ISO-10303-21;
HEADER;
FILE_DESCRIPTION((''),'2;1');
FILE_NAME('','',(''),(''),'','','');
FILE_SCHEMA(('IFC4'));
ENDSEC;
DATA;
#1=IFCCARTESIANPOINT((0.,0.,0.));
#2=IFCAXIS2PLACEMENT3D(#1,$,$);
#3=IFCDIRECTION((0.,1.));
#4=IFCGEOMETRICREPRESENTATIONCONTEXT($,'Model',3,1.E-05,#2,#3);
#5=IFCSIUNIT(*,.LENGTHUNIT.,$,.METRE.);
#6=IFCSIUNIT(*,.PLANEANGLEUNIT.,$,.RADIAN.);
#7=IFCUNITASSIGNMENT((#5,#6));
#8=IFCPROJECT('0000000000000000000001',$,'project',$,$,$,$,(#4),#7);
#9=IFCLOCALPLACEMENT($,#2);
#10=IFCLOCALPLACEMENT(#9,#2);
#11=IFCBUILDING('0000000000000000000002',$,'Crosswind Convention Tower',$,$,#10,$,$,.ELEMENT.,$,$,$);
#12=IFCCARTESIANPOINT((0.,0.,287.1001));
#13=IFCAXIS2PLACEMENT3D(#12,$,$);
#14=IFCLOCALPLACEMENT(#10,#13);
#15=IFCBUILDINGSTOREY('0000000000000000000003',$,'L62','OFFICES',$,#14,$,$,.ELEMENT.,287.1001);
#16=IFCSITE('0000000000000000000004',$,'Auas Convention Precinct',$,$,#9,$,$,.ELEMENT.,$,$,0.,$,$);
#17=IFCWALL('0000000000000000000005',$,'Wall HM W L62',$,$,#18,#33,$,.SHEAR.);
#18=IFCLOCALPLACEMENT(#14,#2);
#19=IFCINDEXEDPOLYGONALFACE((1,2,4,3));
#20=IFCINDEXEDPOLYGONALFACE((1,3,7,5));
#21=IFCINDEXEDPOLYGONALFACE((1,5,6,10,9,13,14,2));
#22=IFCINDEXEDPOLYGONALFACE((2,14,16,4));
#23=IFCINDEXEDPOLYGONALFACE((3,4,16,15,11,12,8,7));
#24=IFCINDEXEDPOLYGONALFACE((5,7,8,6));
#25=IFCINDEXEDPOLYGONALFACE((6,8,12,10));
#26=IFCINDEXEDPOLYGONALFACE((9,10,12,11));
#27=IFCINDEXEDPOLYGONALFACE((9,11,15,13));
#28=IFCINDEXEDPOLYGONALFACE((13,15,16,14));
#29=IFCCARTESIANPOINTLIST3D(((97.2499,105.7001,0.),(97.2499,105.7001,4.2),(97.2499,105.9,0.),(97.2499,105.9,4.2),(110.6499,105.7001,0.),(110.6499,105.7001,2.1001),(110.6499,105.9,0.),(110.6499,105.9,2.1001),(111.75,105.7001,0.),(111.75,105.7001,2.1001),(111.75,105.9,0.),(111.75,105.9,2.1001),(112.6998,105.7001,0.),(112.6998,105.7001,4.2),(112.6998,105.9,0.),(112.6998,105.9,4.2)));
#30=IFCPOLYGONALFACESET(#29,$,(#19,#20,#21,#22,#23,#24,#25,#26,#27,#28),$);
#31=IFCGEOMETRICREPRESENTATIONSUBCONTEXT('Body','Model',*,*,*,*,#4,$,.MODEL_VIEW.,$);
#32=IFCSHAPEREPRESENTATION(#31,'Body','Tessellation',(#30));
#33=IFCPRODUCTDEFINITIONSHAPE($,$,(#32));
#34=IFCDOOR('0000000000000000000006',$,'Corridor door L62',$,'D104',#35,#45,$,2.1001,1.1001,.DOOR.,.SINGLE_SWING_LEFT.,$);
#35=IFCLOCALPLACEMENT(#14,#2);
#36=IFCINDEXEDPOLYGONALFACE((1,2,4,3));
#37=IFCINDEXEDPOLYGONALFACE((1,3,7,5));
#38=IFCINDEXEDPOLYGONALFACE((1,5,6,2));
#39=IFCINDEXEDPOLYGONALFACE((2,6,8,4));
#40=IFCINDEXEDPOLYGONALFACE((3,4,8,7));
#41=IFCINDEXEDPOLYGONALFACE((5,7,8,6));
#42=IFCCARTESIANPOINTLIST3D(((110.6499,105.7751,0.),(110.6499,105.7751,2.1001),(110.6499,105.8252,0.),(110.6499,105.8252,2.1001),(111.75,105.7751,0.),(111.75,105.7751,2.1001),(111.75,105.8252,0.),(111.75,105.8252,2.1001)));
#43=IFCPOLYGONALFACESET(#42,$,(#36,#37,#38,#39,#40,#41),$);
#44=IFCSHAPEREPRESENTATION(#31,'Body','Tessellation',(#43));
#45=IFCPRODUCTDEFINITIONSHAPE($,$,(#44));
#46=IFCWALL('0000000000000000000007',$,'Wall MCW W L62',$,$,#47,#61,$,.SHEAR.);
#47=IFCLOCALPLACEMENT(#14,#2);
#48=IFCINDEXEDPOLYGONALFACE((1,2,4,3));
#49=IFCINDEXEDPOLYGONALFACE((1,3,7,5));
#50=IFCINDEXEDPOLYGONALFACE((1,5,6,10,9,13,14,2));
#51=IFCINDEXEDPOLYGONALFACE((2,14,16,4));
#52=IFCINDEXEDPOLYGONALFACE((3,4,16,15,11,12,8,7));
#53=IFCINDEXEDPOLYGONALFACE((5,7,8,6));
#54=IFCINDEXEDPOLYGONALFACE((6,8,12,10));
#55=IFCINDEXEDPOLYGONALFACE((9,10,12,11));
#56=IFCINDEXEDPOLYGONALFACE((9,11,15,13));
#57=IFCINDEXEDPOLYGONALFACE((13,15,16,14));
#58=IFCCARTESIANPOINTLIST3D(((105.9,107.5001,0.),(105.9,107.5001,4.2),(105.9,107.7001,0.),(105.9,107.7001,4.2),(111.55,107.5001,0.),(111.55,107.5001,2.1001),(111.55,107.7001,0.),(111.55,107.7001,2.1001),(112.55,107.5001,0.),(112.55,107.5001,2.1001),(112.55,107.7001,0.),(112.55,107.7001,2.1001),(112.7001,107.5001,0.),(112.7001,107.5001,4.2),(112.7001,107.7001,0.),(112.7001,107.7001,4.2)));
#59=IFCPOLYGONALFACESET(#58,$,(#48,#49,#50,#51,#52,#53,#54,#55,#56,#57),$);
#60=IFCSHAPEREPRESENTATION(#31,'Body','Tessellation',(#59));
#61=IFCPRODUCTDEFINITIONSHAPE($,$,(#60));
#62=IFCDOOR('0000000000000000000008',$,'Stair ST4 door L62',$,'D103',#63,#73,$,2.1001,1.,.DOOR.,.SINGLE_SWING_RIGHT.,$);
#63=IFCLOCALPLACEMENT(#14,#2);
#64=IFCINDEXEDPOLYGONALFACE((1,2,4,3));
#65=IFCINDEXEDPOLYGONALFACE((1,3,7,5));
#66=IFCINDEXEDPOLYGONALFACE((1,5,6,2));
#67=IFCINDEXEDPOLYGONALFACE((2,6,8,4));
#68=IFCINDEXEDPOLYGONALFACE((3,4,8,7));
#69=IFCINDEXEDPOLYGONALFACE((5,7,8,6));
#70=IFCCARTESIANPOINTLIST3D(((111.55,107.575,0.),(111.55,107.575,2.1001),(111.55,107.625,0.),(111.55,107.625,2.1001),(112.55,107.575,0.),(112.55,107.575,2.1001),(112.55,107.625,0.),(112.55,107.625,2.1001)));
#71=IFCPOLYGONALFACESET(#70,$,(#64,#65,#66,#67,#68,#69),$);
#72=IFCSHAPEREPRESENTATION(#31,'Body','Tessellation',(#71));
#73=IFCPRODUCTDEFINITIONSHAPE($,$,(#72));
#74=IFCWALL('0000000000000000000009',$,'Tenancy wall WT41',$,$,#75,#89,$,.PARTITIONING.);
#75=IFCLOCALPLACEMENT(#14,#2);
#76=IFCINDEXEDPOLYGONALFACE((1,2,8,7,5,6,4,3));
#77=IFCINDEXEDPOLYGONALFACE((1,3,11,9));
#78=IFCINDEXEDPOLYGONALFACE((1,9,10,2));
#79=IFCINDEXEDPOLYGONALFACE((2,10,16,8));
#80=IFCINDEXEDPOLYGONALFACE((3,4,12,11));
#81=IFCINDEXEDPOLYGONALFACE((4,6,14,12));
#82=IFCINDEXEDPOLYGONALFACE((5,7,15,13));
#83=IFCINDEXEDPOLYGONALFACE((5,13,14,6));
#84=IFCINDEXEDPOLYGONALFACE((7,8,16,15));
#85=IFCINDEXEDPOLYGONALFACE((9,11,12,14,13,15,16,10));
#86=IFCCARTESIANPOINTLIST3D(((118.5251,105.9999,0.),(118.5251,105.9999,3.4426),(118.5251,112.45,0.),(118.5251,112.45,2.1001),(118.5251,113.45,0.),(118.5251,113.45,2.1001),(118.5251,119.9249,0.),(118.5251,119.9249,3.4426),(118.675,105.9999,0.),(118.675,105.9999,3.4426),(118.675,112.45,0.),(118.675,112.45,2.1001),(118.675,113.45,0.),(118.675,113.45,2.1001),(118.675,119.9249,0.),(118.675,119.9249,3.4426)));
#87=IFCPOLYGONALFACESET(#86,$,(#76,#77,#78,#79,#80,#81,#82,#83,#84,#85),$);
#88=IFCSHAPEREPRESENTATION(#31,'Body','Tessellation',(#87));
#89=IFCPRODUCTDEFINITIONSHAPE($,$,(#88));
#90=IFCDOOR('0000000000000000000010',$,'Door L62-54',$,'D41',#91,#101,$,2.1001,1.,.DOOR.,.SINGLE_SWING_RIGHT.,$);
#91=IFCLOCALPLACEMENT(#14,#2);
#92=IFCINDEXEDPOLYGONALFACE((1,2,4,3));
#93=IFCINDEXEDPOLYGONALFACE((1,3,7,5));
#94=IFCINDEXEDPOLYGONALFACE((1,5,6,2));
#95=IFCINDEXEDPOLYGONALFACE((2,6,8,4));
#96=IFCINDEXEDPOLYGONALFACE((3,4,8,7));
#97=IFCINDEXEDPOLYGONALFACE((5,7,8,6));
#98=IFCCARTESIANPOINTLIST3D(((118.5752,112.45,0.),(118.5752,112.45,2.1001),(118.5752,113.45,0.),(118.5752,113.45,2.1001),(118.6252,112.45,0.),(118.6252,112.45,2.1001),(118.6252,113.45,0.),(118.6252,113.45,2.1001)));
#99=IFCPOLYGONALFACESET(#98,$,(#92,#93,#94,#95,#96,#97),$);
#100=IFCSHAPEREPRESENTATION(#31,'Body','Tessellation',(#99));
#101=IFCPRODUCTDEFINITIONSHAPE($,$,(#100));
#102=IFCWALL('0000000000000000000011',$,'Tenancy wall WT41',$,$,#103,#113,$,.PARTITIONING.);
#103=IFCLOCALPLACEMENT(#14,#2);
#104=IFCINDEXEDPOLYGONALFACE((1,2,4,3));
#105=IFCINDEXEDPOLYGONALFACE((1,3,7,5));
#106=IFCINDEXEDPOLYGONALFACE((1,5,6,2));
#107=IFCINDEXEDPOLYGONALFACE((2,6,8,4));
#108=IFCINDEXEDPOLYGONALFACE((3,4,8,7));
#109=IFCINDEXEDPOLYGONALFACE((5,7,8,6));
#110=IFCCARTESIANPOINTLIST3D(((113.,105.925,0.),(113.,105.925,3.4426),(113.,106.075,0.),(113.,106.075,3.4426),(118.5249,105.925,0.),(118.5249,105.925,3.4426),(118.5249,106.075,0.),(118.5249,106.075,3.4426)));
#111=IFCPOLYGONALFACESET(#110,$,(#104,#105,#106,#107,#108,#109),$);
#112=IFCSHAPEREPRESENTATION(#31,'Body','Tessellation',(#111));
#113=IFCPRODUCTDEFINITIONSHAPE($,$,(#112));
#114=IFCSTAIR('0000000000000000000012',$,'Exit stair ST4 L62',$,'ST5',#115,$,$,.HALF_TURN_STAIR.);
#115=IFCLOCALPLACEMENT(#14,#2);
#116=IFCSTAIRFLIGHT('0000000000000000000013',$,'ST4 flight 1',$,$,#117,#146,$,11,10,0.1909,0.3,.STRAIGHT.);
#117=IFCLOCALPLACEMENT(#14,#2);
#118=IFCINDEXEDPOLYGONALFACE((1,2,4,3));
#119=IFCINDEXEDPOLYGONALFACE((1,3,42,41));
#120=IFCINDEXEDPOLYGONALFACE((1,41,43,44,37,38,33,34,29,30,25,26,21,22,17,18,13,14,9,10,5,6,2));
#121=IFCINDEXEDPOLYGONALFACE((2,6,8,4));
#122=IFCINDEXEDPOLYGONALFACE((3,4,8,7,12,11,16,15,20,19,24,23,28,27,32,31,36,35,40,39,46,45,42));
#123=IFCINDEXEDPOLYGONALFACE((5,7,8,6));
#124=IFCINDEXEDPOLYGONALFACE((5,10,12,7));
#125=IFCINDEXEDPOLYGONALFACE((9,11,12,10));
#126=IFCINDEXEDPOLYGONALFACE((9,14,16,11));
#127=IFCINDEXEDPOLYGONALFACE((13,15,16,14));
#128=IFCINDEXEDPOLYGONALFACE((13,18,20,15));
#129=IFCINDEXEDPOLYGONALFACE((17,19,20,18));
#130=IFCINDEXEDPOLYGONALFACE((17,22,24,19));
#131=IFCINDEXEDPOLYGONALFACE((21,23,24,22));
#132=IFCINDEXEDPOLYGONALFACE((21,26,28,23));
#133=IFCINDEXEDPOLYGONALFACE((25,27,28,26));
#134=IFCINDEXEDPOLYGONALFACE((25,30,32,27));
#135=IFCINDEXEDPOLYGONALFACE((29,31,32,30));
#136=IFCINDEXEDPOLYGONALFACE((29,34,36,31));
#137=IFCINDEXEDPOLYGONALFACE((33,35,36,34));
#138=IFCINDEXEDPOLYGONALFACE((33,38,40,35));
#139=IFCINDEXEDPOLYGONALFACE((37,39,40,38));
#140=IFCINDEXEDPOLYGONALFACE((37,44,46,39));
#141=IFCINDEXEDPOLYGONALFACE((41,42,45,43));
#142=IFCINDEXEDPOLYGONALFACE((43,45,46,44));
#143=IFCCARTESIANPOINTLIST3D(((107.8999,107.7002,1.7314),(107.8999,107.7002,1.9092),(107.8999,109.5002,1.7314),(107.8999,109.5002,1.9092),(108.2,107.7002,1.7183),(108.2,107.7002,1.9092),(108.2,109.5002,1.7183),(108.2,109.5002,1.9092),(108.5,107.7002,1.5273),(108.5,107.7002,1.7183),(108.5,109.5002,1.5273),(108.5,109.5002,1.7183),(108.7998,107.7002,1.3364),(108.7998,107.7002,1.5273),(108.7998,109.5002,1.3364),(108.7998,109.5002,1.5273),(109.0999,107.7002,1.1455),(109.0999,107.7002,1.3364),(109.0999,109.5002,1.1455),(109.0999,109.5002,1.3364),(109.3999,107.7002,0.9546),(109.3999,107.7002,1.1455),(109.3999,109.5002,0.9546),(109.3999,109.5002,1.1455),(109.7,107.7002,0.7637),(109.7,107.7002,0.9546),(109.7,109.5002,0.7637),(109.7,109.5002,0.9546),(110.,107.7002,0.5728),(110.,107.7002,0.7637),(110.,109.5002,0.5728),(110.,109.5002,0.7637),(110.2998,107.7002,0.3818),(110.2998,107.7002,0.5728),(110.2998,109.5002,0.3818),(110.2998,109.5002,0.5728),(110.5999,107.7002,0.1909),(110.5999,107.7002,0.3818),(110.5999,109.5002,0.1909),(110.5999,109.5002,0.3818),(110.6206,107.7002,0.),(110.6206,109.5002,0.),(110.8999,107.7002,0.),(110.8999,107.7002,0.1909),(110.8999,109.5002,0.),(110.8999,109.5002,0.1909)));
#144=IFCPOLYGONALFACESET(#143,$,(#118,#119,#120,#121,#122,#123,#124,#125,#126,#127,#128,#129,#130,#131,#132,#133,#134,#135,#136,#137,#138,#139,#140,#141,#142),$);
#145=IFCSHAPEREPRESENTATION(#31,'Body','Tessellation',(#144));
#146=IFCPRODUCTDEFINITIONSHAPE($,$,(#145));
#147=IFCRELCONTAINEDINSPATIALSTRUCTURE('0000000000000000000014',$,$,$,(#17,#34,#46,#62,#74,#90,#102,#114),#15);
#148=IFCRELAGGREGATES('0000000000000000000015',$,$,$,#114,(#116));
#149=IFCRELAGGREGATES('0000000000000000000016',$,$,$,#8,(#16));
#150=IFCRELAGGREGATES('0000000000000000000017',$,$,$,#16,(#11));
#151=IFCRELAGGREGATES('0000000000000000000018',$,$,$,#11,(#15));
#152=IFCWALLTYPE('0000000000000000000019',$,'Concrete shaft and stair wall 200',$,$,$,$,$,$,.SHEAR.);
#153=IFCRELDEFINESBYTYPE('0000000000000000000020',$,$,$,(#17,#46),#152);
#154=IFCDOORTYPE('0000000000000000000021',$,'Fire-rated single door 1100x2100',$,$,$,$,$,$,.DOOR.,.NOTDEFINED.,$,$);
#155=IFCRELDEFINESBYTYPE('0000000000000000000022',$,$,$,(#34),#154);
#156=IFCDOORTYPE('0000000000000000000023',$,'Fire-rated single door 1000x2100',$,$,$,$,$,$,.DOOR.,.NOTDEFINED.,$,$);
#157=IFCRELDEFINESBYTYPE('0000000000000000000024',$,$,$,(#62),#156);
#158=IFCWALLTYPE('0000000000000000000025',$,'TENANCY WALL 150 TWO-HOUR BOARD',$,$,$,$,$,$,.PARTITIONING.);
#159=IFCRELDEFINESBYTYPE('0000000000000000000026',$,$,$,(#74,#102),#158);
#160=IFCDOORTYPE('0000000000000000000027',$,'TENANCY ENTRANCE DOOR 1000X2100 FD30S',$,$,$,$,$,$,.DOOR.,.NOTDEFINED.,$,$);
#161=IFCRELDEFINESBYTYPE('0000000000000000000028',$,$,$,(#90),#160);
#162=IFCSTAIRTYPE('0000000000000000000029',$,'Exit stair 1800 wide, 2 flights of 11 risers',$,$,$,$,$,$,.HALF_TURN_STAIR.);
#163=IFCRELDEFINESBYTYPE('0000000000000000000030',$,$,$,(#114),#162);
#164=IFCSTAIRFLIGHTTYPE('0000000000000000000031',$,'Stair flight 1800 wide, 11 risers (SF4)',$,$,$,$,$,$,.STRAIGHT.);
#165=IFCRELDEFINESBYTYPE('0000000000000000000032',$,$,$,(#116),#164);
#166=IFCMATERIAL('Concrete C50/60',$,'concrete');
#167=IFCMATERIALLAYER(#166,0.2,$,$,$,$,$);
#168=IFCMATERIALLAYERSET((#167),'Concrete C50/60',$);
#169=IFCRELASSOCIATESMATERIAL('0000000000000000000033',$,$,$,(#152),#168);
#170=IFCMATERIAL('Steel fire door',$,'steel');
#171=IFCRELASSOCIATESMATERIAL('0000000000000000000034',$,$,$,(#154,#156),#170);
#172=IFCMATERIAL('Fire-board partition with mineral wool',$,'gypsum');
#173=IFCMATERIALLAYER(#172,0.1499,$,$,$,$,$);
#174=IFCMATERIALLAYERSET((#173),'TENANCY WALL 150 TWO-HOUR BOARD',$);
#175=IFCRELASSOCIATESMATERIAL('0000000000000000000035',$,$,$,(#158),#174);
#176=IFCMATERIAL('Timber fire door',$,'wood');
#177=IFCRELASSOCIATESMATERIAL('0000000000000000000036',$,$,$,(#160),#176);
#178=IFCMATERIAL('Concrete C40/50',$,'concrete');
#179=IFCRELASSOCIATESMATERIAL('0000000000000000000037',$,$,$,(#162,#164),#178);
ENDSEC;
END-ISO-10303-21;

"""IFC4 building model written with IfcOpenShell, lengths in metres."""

from ifc_helpers import new_model, si_unit, direction, frame, frame_2d, origin, place, context, subcontext, project, spatial, polyline, rectangle, outline, extrude, material, layer, layer_set, type_object, element, fill, aggregate, save


model = new_model("IFC4")

# Units and contexts
model_context = context("Model", 3, precision=1e-05, world=origin(), true_north=direction((0.0, 1.0)))
body_context = subcontext(model_context, "Body", "Model", "MODEL_VIEW")
ifc_project = project(units=[si_unit("LENGTHUNIT", "METRE"), si_unit("PLANEANGLEUNIT", "RADIAN")], contexts=[model_context])

# Site, building, storey
site_placement = place(None, origin())
site = spatial("IfcSite", under=ifc_project, at=site_placement, Name="Auas Convention Precinct", CompositionType="ELEMENT", RefElevation=0.0)
building_placement = place(site_placement, origin())
building = spatial("IfcBuilding", under=site, at=building_placement, Name="Crosswind Convention Tower", CompositionType="ELEMENT")
storey_placement = place(building_placement, frame((0.0, 0.0, 287.1001)))
storey = spatial("IfcBuildingStorey", under=building, at=storey_placement, Name="L62", Description="OFFICES", CompositionType="ELEMENT", Elevation=287.1001)

# Shared definitions
ifc_material_1 = material(Name="Concrete C50/60", Category="concrete")

# Walls, openings, doors
ifc_layer_1 = layer(ifc_material_1, 0.2)
ifc_layer_set_1 = layer_set([ifc_layer_1], Name="Concrete C50/60")
wall_type_1 = type_object("IfcWallType", Name="Concrete shaft and stair wall 200", PredefinedType="SHEAR", material=ifc_layer_set_1)
wall_1_placement = place(storey_placement, frame((112.7, 105.8, 0.0), z_axis=(0.0, 0.0, 1.0), x_axis=(-1.0, 0.0, 0.0)))
wall_1 = element("IfcWall", 1, at=wall_1_placement, inside=storey, type_object=wall_type_1, Name="Wall HM W L62", PredefinedType="SHEAR", context=body_context, shape_type="SweptSolid", body=[
    extrude(rectangle(XDim=15.45, YDim=0.2, at=frame_2d((7.7251, 0.0))), origin(), (0.0, 0.0, 1.0), 4.2),
])
opening_1_placement = place(wall_1_placement, frame((0.95, 0.0, 0.0)))
opening_1 = element("IfcOpeningElement", 2, at=opening_1_placement, cuts=wall_1, PredefinedType="OPENING", context=body_context, shape_type="SweptSolid", body=[
    extrude(rectangle(XDim=1.1001, YDim=2.1001, at=frame_2d((0.55, 1.05))), frame((0.0, 0.1099, 0.0), z_axis=(0.0, -1.0, 0.0), x_axis=(1.0, 0.0, 0.0)), (0.0, 0.0, 1.0), 0.22),
])
ifc_material_2 = material(Name="Steel fire door", Category="steel")
door_type_1 = type_object("IfcDoorType", Name="Fire-rated single door 1100x2100", OperationType="NOTDEFINED", PredefinedType="DOOR", material=ifc_material_2)
door_1_placement = place(opening_1_placement, origin())
door_1 = element("IfcDoor", 3, at=door_1_placement, inside=storey, type_object=door_type_1, Name="Corridor door L62", ObjectType="D104", OperationType="SINGLE_SWING_LEFT", OverallHeight=2.1001, OverallWidth=1.1001, PredefinedType="DOOR", context=body_context, shape_type="SweptSolid", body=[
    extrude(rectangle(XDim=1.1001, YDim=2.1001, at=frame_2d((0.55, 1.05))), frame((0.0, 0.0249, 0.0), z_axis=(0.0, -1.0, 0.0), x_axis=(1.0, 0.0, 0.0)), (0.0, 0.0, 1.0), 0.05),
])
fill(opening_1, door_1)
wall_2_placement = place(storey_placement, frame((112.7, 107.6001, 0.0), z_axis=(0.0, 0.0, 1.0), x_axis=(-1.0, 0.0, 0.0)))
wall_2 = element("IfcWall", 4, at=wall_2_placement, inside=storey, type_object=wall_type_1, Name="Wall MCW W L62", PredefinedType="SHEAR", context=body_context, shape_type="SweptSolid", body=[
    extrude(rectangle(XDim=6.8, YDim=0.2, at=frame_2d((3.3999, 0.0))), origin(), (0.0, 0.0, 1.0), 4.2),
])
opening_2_placement = place(wall_2_placement, frame((0.1499, 0.0, 0.0)))
opening_2 = element("IfcOpeningElement", 5, at=opening_2_placement, cuts=wall_2, PredefinedType="OPENING", context=body_context, shape_type="SweptSolid", body=[
    extrude(rectangle(XDim=1.0, YDim=2.1001, at=frame_2d((0.5, 1.05))), frame((0.0, 0.1099, 0.0), z_axis=(0.0, -1.0, 0.0), x_axis=(1.0, 0.0, 0.0)), (0.0, 0.0, 1.0), 0.22),
])
door_type_2 = type_object("IfcDoorType", Name="Fire-rated single door 1000x2100", OperationType="NOTDEFINED", PredefinedType="DOOR", material=ifc_material_2)
door_2_placement = place(opening_2_placement, frame((1.0, 0.0, 0.0), z_axis=(0.0, 0.0, 1.0), x_axis=(-1.0, 0.0, 0.0)))
door_2 = element("IfcDoor", 6, at=door_2_placement, inside=storey, type_object=door_type_2, Name="Stair ST4 door L62", ObjectType="D103", OperationType="SINGLE_SWING_RIGHT", OverallHeight=2.1001, OverallWidth=1.0, PredefinedType="DOOR", context=body_context, shape_type="SweptSolid", body=[
    extrude(rectangle(XDim=1.0, YDim=2.1001, at=frame_2d((0.5, 1.05))), frame((0.0, 0.0249, 0.0), z_axis=(0.0, -1.0, 0.0), x_axis=(1.0, 0.0, 0.0)), (0.0, 0.0, 1.0), 0.05),
])
fill(opening_2, door_2)
ifc_material_3 = material(Name="Fire-board partition with mineral wool", Category="gypsum")
ifc_layer_2 = layer(ifc_material_3, 0.1499)
ifc_layer_set_2 = layer_set([ifc_layer_2], Name="TENANCY WALL 150 TWO-HOUR BOARD")
wall_type_2 = type_object("IfcWallType", Name="TENANCY WALL 150 TWO-HOUR BOARD", PredefinedType="PARTITIONING", material=ifc_layer_set_2)
wall_3_placement = place(storey_placement, frame((118.6001, 106.0, 0.0), z_axis=(0.0, 0.0, 1.0), x_axis=(0.0, 1.0, 0.0)))
wall_3 = element("IfcWall", 7, at=wall_3_placement, inside=storey, type_object=wall_type_2, Name="Tenancy wall WT41", PredefinedType="PARTITIONING", context=body_context, shape_type="SweptSolid", body=[
    extrude(rectangle(XDim=13.925, YDim=0.1499, at=frame_2d((6.9624, 0.0))), origin(), (0.0, 0.0, 1.0), 3.4426),
])
opening_3_placement = place(wall_3_placement, frame((6.45, 0.0, 0.0)))
opening_3 = element("IfcOpeningElement", 8, at=opening_3_placement, cuts=wall_3, PredefinedType="OPENING", context=body_context, shape_type="SweptSolid", body=[
    extrude(rectangle(XDim=1.0, YDim=2.1001, at=frame_2d((0.5, 1.05))), frame((0.0, 0.085, 0.0), z_axis=(0.0, -1.0, 0.0), x_axis=(1.0, 0.0, 0.0)), (0.0, 0.0, 1.0), 0.1699),
])
ifc_material_4 = material(Name="Timber fire door", Category="wood")
door_type_3 = type_object("IfcDoorType", Name="TENANCY ENTRANCE DOOR 1000X2100 FD30S", OperationType="NOTDEFINED", PredefinedType="DOOR", material=ifc_material_4)
door_3_placement = place(opening_3_placement, origin())
door_3 = element("IfcDoor", 9, at=door_3_placement, inside=storey, type_object=door_type_3, Name="Door L62-54", ObjectType="D41", OperationType="SINGLE_SWING_RIGHT", OverallHeight=2.1001, OverallWidth=1.0, PredefinedType="DOOR", context=body_context, shape_type="SweptSolid", body=[
    extrude(rectangle(XDim=1.0, YDim=2.1001, at=frame_2d((0.5, 1.05))), frame((0.0, 0.0249, 0.0), z_axis=(0.0, -1.0, 0.0), x_axis=(1.0, 0.0, 0.0)), (0.0, 0.0, 1.0), 0.05),
])
fill(opening_3, door_3)

# Wall
wall_4_placement = place(storey_placement, frame((113.0, 106.0, 0.0), z_axis=(0.0, 0.0, 1.0), x_axis=(1.0, 0.0, 0.0)))
element("IfcWall", 10, at=wall_4_placement, inside=storey, type_object=wall_type_2, Name="Tenancy wall WT41", PredefinedType="PARTITIONING", context=body_context, shape_type="SweptSolid", body=[
    extrude(rectangle(XDim=5.5249, YDim=0.1499, at=frame_2d((2.7625, 0.0))), origin(), (0.0, 0.0, 1.0), 3.4426),
])

# Stair, stair flight
ifc_material_5 = material(Name="Concrete C40/50", Category="concrete")
stair_type = type_object("IfcStairType", Name="Exit stair 1800 wide, 2 flights of 11 risers", PredefinedType="HALF_TURN_STAIR", material=ifc_material_5)
stair_placement = place(storey_placement, origin())
stair = element("IfcStair", 11, at=stair_placement, inside=storey, type_object=stair_type, Name="Exit stair ST4 L62", ObjectType="ST5", PredefinedType="HALF_TURN_STAIR")
stair_flight_type = type_object("IfcStairFlightType", Name="Stair flight 1800 wide, 11 risers (SF4)", PredefinedType="STRAIGHT", material=ifc_material_5)
stair_flight_placement = place(storey_placement, frame((110.8999, 108.6001, 0.0), z_axis=(0.0, 0.0, 1.0), x_axis=(-1.0, 0.0, 0.0)))
stair_flight = element("IfcStairFlight", 12, at=stair_flight_placement, type_object=stair_flight_type, Name="ST4 flight 1", NumberOfRisers=11, NumberOfTreads=10, PredefinedType="STRAIGHT", RiserHeight=0.1909, TreadLength=0.3, context=body_context, shape_type="SweptSolid", body=[
    extrude(outline(polyline([(0.0, 0.0), (0.0, 0.1909), (0.3, 0.1909), (0.3, 0.3818), (0.6001, 0.3818), (0.6001, 0.5728), (0.8999, 0.5728), (0.8999, 0.7637), (1.2, 0.7637), (1.2, 0.9546), (1.5, 0.9546), (1.5, 1.1455), (1.8, 1.1455), (1.8, 1.3364), (2.1001, 1.3364), (2.1001, 1.5273), (2.3999, 1.5273), (2.3999, 1.7183), (2.7, 1.7183), (2.7, 1.9092), (3.0, 1.9092), (3.0, 2.1001), (3.0, 1.7314), (0.2793, 0.0), (0.0, 0.0)])), frame((0.0, 0.8999, 0.0), z_axis=(0.0, -1.0, 0.0), x_axis=(1.0, 0.0, 0.0)), (0.0, 0.0, 1.0), 1.8),
])
aggregate(stair, [stair_flight])

save(model, "model.ifc")
